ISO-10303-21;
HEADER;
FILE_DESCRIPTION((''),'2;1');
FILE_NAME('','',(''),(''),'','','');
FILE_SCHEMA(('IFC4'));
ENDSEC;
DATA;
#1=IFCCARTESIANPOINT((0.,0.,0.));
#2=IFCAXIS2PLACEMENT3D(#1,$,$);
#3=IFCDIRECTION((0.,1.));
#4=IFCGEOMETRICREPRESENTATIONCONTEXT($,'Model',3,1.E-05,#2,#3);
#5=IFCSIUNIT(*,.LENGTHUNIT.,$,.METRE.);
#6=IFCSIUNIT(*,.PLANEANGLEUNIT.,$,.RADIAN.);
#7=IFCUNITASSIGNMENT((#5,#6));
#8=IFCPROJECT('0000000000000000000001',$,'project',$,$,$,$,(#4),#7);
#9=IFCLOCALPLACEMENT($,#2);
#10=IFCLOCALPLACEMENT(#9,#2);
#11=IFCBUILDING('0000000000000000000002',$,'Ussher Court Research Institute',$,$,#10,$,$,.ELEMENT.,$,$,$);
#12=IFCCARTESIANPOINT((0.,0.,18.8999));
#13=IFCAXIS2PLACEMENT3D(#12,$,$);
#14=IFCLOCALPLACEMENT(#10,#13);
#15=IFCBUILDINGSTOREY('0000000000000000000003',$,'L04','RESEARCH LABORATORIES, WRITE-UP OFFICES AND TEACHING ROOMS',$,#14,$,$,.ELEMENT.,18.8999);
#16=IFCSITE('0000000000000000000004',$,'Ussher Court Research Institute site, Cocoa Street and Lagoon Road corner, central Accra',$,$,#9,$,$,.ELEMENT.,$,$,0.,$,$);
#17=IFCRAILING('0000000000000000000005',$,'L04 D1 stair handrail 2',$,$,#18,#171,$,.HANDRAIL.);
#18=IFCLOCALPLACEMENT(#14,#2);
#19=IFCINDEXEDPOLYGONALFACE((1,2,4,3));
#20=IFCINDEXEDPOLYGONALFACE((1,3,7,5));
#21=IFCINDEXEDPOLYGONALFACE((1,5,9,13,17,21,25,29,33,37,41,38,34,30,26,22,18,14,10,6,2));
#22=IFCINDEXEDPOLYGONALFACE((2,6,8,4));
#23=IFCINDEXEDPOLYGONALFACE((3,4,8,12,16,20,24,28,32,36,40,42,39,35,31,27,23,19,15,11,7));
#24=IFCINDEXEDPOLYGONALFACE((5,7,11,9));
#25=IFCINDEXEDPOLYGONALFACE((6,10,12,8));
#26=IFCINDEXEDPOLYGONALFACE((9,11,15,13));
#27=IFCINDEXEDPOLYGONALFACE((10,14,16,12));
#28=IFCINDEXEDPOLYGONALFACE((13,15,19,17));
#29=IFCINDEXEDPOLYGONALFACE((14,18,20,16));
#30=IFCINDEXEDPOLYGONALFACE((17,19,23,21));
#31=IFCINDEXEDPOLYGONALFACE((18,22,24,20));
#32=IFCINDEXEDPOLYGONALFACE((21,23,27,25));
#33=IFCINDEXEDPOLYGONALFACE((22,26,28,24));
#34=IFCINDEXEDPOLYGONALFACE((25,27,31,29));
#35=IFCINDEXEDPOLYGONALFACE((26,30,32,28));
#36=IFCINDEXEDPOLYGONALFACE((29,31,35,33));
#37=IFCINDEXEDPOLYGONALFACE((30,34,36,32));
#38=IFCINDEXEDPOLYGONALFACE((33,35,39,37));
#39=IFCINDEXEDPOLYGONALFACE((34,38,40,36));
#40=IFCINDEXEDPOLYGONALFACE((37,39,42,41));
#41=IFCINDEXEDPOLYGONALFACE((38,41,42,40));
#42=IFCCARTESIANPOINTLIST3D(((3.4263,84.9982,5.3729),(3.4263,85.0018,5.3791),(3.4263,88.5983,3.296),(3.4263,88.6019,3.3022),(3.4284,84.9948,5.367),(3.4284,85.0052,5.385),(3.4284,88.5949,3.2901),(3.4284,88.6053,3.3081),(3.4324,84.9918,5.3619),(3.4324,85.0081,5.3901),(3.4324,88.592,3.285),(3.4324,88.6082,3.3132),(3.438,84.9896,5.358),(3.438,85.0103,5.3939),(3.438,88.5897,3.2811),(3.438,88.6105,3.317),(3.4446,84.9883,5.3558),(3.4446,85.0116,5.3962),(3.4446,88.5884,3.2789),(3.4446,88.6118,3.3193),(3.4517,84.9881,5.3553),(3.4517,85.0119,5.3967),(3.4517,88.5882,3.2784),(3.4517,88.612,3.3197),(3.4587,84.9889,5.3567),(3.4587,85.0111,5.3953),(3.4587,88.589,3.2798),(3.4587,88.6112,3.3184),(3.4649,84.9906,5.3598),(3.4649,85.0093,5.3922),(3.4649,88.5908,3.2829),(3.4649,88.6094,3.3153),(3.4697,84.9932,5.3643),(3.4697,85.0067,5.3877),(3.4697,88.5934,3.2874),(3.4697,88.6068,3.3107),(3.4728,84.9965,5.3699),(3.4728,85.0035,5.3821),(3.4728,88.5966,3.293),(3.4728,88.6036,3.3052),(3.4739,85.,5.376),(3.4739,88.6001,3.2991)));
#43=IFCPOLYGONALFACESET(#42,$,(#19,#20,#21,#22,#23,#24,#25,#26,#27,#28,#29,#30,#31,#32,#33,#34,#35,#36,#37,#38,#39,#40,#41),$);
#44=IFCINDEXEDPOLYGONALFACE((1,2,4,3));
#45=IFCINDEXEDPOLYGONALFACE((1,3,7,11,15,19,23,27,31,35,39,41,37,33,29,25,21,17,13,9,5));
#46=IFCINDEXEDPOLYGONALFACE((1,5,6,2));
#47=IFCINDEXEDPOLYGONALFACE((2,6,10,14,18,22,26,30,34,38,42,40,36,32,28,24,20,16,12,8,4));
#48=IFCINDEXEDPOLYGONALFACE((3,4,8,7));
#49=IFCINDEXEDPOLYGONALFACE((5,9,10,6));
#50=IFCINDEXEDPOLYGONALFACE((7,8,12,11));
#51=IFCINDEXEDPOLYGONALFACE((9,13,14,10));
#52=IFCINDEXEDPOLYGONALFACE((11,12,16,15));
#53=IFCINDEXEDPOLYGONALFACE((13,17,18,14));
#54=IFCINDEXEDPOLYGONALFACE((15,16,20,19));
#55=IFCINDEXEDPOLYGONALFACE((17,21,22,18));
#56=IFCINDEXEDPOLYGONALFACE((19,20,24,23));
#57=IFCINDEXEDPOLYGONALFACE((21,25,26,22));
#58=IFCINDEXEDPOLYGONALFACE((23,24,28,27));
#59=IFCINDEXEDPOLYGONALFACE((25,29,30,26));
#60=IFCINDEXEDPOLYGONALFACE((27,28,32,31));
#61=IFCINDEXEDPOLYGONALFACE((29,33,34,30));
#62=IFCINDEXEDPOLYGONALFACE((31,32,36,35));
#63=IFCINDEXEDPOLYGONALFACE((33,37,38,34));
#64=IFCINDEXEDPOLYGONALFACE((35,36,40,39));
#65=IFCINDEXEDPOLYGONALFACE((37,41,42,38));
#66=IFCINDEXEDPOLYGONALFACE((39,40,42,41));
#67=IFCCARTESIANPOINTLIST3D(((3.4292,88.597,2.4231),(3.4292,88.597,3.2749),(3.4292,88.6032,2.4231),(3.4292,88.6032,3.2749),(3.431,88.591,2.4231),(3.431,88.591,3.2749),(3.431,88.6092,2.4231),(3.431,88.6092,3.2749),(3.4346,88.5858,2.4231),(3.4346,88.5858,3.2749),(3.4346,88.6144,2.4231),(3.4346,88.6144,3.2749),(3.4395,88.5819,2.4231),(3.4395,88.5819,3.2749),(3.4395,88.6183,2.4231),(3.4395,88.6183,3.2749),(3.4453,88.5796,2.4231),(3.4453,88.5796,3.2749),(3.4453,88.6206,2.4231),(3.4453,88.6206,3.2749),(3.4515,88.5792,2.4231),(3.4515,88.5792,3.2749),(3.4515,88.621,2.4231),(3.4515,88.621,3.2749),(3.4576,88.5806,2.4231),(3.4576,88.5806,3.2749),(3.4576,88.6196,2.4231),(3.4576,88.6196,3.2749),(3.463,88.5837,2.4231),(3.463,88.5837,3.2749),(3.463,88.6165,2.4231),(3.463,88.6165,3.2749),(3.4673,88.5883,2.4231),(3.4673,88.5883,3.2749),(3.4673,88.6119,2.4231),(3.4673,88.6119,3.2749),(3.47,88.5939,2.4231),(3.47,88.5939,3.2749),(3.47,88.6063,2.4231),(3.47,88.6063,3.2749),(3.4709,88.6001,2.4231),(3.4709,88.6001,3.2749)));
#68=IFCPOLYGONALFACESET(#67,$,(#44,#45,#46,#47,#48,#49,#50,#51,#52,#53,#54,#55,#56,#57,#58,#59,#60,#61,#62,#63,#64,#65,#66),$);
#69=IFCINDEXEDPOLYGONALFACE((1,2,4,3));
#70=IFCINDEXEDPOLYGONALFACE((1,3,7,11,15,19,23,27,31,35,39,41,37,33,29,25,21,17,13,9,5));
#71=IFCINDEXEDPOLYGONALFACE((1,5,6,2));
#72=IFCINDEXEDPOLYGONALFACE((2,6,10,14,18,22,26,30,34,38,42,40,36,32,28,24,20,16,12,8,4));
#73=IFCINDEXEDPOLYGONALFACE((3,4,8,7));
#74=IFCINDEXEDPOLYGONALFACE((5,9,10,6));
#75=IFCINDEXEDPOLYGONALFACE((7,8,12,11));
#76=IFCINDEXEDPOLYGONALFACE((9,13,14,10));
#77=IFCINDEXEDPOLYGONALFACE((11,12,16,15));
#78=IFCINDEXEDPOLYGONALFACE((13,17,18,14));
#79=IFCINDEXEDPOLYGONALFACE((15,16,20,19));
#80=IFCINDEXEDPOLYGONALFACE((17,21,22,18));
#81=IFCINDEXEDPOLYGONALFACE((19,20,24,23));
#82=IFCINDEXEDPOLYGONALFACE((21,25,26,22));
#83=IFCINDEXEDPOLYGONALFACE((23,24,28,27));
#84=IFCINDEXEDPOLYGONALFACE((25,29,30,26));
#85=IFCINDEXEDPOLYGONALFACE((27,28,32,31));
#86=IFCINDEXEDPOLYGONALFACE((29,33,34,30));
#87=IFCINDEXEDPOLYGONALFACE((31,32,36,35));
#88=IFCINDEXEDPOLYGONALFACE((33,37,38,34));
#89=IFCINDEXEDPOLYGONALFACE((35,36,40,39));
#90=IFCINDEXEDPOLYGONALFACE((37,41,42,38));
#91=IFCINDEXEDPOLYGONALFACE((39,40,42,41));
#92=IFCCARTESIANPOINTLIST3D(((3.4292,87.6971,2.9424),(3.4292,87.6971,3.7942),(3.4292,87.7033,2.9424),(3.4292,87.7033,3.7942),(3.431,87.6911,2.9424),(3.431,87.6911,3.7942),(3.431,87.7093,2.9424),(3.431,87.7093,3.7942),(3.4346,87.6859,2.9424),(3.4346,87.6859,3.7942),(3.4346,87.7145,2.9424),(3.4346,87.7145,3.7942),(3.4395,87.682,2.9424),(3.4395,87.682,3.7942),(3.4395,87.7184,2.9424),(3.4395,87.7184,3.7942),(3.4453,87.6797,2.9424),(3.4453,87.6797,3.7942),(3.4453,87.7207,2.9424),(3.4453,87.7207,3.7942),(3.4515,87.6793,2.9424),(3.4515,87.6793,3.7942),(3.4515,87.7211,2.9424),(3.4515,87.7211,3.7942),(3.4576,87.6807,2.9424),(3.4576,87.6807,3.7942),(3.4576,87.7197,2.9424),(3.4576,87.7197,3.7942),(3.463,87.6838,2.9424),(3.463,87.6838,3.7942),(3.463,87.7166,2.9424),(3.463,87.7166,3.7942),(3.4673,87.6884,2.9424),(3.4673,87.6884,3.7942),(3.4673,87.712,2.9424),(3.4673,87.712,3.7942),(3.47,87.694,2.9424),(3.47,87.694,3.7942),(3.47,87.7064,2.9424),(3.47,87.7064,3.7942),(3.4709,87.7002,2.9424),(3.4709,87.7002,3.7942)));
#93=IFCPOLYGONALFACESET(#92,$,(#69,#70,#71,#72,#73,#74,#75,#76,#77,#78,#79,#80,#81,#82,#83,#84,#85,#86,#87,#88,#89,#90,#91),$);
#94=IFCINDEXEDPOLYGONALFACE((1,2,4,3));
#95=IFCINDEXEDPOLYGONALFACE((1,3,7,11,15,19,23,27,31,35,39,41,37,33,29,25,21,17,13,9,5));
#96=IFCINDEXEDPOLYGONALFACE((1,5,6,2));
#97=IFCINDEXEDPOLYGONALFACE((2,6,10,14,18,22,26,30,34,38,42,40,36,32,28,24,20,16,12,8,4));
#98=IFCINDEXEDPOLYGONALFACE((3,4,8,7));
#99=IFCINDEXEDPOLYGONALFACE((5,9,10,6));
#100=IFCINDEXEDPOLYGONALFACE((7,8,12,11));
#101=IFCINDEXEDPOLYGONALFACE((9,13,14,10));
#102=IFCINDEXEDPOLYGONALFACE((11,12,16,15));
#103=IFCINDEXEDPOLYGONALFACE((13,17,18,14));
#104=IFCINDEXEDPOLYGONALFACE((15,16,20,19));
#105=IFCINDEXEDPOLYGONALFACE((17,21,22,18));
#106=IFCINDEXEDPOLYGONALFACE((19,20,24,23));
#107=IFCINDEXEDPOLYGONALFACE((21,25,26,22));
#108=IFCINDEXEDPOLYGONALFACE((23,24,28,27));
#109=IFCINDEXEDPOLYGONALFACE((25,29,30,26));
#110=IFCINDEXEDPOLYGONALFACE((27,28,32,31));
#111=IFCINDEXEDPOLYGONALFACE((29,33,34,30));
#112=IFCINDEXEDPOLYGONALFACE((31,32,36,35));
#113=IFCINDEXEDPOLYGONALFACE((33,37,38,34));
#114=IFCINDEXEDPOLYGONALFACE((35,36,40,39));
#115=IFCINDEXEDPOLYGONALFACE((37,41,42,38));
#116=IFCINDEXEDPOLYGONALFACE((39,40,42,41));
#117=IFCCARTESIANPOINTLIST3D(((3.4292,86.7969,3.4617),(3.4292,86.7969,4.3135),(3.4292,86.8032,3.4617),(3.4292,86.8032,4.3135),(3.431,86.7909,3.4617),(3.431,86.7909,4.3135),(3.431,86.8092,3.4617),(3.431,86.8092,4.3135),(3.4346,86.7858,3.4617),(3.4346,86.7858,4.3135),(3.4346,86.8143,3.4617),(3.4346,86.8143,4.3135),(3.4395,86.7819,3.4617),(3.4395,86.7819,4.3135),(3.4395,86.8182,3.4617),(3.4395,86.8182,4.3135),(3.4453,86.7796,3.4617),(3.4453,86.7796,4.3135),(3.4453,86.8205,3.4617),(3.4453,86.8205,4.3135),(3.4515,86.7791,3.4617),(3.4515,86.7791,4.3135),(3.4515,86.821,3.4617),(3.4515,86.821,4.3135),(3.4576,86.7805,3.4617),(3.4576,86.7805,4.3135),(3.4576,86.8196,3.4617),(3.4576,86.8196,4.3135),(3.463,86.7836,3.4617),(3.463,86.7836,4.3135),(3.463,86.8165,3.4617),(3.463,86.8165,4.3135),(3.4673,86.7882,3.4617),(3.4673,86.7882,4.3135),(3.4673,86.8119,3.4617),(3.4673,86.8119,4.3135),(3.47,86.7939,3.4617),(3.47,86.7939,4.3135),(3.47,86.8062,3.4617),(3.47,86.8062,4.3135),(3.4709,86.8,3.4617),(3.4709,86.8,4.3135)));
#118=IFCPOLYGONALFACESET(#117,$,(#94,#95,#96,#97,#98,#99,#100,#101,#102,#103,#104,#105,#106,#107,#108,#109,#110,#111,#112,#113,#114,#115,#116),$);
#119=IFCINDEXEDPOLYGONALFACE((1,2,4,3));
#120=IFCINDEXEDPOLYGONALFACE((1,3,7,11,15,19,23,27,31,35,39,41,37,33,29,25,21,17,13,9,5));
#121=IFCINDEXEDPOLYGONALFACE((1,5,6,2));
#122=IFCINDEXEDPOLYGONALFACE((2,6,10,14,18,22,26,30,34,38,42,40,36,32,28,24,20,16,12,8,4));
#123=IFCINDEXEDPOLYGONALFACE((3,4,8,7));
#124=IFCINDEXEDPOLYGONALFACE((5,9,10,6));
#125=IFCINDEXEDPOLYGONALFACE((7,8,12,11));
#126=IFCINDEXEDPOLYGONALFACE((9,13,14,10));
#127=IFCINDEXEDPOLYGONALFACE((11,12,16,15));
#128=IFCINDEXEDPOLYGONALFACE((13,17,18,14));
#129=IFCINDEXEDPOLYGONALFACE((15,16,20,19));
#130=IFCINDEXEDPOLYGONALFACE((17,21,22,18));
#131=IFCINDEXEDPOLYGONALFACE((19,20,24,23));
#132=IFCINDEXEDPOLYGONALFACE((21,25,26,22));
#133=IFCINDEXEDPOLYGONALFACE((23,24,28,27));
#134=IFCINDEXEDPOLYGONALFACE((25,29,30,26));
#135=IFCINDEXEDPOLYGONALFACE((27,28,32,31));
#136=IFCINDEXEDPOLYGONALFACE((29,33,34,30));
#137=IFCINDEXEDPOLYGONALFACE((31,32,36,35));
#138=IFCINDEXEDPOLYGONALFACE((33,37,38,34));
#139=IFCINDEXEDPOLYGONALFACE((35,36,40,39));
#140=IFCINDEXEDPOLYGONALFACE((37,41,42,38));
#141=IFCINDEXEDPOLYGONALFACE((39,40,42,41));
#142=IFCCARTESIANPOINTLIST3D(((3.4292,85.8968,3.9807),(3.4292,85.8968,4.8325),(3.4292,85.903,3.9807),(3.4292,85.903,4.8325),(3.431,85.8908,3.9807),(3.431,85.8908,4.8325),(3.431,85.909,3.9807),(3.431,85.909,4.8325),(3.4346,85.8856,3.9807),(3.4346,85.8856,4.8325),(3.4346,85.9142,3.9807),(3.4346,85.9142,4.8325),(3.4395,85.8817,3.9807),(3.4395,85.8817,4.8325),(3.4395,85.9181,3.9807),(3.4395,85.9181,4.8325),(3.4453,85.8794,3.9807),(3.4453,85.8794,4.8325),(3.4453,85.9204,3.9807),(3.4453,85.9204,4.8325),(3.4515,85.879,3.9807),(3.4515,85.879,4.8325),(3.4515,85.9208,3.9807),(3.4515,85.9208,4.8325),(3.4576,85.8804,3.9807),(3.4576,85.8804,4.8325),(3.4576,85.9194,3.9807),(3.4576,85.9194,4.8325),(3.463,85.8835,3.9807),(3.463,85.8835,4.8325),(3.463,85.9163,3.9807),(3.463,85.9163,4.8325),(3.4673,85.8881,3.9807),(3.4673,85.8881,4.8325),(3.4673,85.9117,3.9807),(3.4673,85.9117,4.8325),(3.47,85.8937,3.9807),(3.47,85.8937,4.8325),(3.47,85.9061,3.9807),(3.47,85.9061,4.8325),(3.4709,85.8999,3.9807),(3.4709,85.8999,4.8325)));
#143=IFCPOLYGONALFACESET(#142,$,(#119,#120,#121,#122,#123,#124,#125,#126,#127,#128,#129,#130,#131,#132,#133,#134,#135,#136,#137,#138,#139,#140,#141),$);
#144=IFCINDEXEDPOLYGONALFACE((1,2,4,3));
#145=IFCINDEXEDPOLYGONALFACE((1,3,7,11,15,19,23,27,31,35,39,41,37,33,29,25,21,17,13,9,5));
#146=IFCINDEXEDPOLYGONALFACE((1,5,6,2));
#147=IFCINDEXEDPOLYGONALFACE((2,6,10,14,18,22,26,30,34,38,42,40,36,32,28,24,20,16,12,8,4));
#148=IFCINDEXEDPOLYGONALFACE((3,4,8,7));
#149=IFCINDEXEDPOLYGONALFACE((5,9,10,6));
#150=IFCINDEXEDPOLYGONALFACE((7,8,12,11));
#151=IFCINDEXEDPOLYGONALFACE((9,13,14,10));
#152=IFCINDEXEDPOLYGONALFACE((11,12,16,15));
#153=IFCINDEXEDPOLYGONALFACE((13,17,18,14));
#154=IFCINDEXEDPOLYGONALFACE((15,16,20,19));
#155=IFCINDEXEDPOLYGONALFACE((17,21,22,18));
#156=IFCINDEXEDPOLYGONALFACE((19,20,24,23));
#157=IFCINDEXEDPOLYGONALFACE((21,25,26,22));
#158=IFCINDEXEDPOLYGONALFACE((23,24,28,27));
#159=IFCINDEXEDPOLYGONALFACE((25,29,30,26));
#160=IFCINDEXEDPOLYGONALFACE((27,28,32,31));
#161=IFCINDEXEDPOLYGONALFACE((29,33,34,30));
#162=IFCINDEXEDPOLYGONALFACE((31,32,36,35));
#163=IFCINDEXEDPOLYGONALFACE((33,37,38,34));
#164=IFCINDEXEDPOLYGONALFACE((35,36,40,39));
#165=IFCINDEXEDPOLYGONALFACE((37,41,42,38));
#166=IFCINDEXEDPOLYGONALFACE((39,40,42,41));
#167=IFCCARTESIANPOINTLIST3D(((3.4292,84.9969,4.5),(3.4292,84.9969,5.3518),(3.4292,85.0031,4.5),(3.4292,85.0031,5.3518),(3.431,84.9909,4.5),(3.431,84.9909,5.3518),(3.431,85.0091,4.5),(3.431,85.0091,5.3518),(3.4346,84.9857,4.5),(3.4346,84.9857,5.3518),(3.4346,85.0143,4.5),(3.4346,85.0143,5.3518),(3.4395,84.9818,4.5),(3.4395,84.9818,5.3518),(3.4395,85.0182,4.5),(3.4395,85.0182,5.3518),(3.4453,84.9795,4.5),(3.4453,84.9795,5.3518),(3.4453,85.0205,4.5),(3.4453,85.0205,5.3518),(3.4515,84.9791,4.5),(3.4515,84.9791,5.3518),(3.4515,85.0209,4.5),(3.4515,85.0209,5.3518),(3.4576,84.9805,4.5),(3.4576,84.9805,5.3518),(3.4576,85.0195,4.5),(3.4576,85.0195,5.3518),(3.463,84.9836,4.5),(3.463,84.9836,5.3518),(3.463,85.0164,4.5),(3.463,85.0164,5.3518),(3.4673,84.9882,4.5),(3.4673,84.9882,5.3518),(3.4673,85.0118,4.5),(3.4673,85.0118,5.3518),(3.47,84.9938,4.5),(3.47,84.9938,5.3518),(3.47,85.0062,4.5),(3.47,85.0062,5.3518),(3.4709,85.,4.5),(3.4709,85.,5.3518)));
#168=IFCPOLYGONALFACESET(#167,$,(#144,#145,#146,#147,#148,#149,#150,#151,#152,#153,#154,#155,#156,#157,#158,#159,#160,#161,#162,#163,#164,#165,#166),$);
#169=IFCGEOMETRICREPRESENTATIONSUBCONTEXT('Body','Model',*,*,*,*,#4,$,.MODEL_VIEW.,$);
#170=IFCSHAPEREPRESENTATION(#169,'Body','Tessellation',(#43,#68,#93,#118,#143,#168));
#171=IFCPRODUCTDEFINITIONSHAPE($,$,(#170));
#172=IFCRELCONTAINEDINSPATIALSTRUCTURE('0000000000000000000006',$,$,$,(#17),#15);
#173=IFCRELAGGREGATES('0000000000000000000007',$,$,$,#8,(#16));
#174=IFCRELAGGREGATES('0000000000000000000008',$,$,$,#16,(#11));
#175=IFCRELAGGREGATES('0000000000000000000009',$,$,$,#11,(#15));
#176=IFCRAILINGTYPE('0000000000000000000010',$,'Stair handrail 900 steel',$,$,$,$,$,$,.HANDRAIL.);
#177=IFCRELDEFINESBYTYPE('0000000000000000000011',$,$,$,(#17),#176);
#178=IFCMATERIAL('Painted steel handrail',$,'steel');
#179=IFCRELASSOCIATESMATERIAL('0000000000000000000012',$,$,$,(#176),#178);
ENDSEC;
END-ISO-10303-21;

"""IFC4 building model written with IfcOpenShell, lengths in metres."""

from ifc_helpers import new_model, si_unit, direction, frame, origin, origin_2d, place, context, subcontext, project, spatial, circle, extrude, material, type_object, element, save


model = new_model("IFC4")

# Units and contexts
model_context = context("Model", 3, precision=1e-05, world=origin(), true_north=direction((0.0, 1.0)))
body_context = subcontext(model_context, "Body", "Model", "MODEL_VIEW")
ifc_project = project(units=[si_unit("LENGTHUNIT", "METRE"), si_unit("PLANEANGLEUNIT", "RADIAN")], contexts=[model_context])

# Site, building, storey
site_placement = place(None, origin())
site = spatial("IfcSite", under=ifc_project, at=site_placement, Name="Ussher Court Research Institute site, Cocoa Street and Lagoon Road corner, central Accra", CompositionType="ELEMENT", RefElevation=0.0)
building_placement = place(site_placement, origin())
building = spatial("IfcBuilding", under=site, at=building_placement, Name="Ussher Court Research Institute", CompositionType="ELEMENT")
storey_placement = place(building_placement, frame((0.0, 0.0, 18.8999)))
storey = spatial("IfcBuildingStorey", under=building, at=storey_placement, Name="L04", Description="RESEARCH LABORATORIES, WRITE-UP OFFICES AND TEACHING ROOMS", CompositionType="ELEMENT", Elevation=18.8999)

# Railing
ifc_material_1 = material(Name="Painted steel handrail", Category="steel")
railing_type_1 = type_object("IfcRailingType", Name="Stair handrail 900 steel", PredefinedType="HANDRAIL", material=ifc_material_1)
railing_1_placement = place(storey_placement, frame((3.45, 88.6001, 2.4231)))
element("IfcRailing", 1, at=railing_1_placement, inside=storey, type_object=railing_type_1, Name="L04 D1 stair handrail 2", PredefinedType="HANDRAIL", context=body_context, shape_type="SweptSolid", body=[
    extrude(circle(Radius=0.0239, at=origin_2d()), frame((0.0, 0.0, 0.876), z_axis=(0.0, -0.866193, 0.499709), x_axis=(1.0, 0.0, 0.0)), (0.0, 0.0, 1.0), 4.1562),
    extrude(circle(Radius=0.021, at=origin_2d()), origin(), (0.0, 0.0, 1.0), 0.8518),
    extrude(circle(Radius=0.021, at=origin_2d()), frame((0.0, -0.8999, 0.5193)), (0.0, 0.0, 1.0), 0.8518),
    extrude(circle(Radius=0.021, at=origin_2d()), frame((0.0, -1.8, 1.0386)), (0.0, 0.0, 1.0), 0.8518),
    extrude(circle(Radius=0.021, at=origin_2d()), frame((0.0, -2.7002, 1.5576)), (0.0, 0.0, 1.0), 0.8518),
    extrude(circle(Radius=0.021, at=origin_2d()), frame((0.0, -3.6001, 2.0769)), (0.0, 0.0, 1.0), 0.8518),
])

save(model, "model.ifc")
